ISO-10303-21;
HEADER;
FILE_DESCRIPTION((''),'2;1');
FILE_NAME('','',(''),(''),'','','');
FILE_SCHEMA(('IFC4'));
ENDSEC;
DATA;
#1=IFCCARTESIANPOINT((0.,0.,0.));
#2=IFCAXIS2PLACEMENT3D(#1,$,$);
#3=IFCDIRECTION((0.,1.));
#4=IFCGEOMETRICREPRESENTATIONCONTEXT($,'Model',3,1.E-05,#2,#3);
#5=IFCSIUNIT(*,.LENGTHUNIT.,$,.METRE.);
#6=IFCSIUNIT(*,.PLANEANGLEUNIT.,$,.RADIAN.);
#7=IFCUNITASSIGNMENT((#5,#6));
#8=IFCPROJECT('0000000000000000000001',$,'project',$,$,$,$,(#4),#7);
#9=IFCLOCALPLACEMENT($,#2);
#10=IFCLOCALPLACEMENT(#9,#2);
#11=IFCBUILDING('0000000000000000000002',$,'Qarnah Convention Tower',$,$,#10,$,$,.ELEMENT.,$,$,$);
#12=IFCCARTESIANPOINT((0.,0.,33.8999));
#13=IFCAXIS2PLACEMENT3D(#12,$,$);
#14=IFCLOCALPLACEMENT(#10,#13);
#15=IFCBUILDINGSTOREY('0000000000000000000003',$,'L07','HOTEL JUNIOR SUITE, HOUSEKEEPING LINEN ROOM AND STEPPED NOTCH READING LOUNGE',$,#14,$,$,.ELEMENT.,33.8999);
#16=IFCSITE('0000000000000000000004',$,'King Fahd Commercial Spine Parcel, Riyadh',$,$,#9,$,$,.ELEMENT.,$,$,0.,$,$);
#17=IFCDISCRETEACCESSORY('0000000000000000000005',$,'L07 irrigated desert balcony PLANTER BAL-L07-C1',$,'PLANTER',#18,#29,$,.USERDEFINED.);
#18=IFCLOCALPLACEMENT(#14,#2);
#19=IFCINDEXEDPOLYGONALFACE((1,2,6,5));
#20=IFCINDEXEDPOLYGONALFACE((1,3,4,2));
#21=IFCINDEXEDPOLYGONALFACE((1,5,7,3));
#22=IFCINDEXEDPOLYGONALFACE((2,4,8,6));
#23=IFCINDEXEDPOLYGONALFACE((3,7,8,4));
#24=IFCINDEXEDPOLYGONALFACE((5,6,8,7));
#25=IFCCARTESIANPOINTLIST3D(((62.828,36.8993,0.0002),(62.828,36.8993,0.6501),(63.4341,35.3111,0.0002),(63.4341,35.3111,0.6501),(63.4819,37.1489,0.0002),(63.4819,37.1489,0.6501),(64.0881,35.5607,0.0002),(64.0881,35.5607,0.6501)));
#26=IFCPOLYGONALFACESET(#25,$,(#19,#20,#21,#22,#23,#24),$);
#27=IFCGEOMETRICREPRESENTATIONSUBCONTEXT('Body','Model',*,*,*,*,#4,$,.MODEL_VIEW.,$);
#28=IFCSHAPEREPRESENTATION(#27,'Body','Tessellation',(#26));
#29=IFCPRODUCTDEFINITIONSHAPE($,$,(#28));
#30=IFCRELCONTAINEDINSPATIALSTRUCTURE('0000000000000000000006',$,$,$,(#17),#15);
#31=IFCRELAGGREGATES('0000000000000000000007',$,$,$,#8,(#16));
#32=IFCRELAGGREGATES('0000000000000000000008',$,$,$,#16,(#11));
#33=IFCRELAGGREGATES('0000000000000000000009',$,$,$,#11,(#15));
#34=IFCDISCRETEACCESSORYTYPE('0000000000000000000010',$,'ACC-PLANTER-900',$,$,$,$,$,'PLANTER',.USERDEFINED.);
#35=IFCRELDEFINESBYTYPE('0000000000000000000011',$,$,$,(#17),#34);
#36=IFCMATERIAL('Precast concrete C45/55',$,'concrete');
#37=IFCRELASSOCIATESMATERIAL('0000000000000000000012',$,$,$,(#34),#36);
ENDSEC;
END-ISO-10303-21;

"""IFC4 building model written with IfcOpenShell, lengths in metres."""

from ifc_helpers import new_model, si_unit, direction, frame, origin, origin_2d, place, context, subcontext, project, spatial, rectangle, extrude, material, type_object, element, save


model = new_model("IFC4")

# Units and contexts
model_context = context("Model", 3, precision=1e-05, world=origin(), true_north=direction((0.0, 1.0)))
body_context = subcontext(model_context, "Body", "Model", "MODEL_VIEW")
ifc_project = project(units=[si_unit("LENGTHUNIT", "METRE"), si_unit("PLANEANGLEUNIT", "RADIAN")], contexts=[model_context])

# Site, building, storey
site_placement = place(None, origin())
site = spatial("IfcSite", under=ifc_project, at=site_placement, Name="King Fahd Commercial Spine Parcel, Riyadh", CompositionType="ELEMENT", RefElevation=0.0)
building_placement = place(site_placement, origin())
building = spatial("IfcBuilding", under=site, at=building_placement, Name="Qarnah Convention Tower", CompositionType="ELEMENT")
storey_placement = place(building_placement, frame((0.0, 0.0, 33.8999)))
storey = spatial("IfcBuildingStorey", under=building, at=storey_placement, Name="L07", Description="HOTEL JUNIOR SUITE, HOUSEKEEPING LINEN ROOM AND STEPPED NOTCH READING LOUNGE", CompositionType="ELEMENT", Elevation=33.8999)

# Shared definitions
ifc_material_1 = material(Name="Precast concrete C45/55", Category="concrete")

# Discrete accessory
discrete_accessory_type = type_object("IfcDiscreteAccessoryType", Name="ACC-PLANTER-900", ElementType="PLANTER", PredefinedType="USERDEFINED", material=ifc_material_1)
discrete_accessory_placement = place(storey_placement, frame((63.458, 36.23, 0.0002), z_axis=(0.0, 0.0, 1.0), x_axis=(-0.356575, 0.934267, 0.0)))
element("IfcDiscreteAccessory", 1, at=discrete_accessory_placement, inside=storey, type_object=discrete_accessory_type, Name="L07 irrigated desert balcony PLANTER BAL-L07-C1", ObjectType="PLANTER", PredefinedType="USERDEFINED", context=body_context, shape_type="SweptSolid", body=[
    extrude(rectangle(XDim=1.7, YDim=0.7, at=origin_2d()), origin(), (0.0, 0.0, 1.0), 0.6499),
])

save(model, "model.ifc")
